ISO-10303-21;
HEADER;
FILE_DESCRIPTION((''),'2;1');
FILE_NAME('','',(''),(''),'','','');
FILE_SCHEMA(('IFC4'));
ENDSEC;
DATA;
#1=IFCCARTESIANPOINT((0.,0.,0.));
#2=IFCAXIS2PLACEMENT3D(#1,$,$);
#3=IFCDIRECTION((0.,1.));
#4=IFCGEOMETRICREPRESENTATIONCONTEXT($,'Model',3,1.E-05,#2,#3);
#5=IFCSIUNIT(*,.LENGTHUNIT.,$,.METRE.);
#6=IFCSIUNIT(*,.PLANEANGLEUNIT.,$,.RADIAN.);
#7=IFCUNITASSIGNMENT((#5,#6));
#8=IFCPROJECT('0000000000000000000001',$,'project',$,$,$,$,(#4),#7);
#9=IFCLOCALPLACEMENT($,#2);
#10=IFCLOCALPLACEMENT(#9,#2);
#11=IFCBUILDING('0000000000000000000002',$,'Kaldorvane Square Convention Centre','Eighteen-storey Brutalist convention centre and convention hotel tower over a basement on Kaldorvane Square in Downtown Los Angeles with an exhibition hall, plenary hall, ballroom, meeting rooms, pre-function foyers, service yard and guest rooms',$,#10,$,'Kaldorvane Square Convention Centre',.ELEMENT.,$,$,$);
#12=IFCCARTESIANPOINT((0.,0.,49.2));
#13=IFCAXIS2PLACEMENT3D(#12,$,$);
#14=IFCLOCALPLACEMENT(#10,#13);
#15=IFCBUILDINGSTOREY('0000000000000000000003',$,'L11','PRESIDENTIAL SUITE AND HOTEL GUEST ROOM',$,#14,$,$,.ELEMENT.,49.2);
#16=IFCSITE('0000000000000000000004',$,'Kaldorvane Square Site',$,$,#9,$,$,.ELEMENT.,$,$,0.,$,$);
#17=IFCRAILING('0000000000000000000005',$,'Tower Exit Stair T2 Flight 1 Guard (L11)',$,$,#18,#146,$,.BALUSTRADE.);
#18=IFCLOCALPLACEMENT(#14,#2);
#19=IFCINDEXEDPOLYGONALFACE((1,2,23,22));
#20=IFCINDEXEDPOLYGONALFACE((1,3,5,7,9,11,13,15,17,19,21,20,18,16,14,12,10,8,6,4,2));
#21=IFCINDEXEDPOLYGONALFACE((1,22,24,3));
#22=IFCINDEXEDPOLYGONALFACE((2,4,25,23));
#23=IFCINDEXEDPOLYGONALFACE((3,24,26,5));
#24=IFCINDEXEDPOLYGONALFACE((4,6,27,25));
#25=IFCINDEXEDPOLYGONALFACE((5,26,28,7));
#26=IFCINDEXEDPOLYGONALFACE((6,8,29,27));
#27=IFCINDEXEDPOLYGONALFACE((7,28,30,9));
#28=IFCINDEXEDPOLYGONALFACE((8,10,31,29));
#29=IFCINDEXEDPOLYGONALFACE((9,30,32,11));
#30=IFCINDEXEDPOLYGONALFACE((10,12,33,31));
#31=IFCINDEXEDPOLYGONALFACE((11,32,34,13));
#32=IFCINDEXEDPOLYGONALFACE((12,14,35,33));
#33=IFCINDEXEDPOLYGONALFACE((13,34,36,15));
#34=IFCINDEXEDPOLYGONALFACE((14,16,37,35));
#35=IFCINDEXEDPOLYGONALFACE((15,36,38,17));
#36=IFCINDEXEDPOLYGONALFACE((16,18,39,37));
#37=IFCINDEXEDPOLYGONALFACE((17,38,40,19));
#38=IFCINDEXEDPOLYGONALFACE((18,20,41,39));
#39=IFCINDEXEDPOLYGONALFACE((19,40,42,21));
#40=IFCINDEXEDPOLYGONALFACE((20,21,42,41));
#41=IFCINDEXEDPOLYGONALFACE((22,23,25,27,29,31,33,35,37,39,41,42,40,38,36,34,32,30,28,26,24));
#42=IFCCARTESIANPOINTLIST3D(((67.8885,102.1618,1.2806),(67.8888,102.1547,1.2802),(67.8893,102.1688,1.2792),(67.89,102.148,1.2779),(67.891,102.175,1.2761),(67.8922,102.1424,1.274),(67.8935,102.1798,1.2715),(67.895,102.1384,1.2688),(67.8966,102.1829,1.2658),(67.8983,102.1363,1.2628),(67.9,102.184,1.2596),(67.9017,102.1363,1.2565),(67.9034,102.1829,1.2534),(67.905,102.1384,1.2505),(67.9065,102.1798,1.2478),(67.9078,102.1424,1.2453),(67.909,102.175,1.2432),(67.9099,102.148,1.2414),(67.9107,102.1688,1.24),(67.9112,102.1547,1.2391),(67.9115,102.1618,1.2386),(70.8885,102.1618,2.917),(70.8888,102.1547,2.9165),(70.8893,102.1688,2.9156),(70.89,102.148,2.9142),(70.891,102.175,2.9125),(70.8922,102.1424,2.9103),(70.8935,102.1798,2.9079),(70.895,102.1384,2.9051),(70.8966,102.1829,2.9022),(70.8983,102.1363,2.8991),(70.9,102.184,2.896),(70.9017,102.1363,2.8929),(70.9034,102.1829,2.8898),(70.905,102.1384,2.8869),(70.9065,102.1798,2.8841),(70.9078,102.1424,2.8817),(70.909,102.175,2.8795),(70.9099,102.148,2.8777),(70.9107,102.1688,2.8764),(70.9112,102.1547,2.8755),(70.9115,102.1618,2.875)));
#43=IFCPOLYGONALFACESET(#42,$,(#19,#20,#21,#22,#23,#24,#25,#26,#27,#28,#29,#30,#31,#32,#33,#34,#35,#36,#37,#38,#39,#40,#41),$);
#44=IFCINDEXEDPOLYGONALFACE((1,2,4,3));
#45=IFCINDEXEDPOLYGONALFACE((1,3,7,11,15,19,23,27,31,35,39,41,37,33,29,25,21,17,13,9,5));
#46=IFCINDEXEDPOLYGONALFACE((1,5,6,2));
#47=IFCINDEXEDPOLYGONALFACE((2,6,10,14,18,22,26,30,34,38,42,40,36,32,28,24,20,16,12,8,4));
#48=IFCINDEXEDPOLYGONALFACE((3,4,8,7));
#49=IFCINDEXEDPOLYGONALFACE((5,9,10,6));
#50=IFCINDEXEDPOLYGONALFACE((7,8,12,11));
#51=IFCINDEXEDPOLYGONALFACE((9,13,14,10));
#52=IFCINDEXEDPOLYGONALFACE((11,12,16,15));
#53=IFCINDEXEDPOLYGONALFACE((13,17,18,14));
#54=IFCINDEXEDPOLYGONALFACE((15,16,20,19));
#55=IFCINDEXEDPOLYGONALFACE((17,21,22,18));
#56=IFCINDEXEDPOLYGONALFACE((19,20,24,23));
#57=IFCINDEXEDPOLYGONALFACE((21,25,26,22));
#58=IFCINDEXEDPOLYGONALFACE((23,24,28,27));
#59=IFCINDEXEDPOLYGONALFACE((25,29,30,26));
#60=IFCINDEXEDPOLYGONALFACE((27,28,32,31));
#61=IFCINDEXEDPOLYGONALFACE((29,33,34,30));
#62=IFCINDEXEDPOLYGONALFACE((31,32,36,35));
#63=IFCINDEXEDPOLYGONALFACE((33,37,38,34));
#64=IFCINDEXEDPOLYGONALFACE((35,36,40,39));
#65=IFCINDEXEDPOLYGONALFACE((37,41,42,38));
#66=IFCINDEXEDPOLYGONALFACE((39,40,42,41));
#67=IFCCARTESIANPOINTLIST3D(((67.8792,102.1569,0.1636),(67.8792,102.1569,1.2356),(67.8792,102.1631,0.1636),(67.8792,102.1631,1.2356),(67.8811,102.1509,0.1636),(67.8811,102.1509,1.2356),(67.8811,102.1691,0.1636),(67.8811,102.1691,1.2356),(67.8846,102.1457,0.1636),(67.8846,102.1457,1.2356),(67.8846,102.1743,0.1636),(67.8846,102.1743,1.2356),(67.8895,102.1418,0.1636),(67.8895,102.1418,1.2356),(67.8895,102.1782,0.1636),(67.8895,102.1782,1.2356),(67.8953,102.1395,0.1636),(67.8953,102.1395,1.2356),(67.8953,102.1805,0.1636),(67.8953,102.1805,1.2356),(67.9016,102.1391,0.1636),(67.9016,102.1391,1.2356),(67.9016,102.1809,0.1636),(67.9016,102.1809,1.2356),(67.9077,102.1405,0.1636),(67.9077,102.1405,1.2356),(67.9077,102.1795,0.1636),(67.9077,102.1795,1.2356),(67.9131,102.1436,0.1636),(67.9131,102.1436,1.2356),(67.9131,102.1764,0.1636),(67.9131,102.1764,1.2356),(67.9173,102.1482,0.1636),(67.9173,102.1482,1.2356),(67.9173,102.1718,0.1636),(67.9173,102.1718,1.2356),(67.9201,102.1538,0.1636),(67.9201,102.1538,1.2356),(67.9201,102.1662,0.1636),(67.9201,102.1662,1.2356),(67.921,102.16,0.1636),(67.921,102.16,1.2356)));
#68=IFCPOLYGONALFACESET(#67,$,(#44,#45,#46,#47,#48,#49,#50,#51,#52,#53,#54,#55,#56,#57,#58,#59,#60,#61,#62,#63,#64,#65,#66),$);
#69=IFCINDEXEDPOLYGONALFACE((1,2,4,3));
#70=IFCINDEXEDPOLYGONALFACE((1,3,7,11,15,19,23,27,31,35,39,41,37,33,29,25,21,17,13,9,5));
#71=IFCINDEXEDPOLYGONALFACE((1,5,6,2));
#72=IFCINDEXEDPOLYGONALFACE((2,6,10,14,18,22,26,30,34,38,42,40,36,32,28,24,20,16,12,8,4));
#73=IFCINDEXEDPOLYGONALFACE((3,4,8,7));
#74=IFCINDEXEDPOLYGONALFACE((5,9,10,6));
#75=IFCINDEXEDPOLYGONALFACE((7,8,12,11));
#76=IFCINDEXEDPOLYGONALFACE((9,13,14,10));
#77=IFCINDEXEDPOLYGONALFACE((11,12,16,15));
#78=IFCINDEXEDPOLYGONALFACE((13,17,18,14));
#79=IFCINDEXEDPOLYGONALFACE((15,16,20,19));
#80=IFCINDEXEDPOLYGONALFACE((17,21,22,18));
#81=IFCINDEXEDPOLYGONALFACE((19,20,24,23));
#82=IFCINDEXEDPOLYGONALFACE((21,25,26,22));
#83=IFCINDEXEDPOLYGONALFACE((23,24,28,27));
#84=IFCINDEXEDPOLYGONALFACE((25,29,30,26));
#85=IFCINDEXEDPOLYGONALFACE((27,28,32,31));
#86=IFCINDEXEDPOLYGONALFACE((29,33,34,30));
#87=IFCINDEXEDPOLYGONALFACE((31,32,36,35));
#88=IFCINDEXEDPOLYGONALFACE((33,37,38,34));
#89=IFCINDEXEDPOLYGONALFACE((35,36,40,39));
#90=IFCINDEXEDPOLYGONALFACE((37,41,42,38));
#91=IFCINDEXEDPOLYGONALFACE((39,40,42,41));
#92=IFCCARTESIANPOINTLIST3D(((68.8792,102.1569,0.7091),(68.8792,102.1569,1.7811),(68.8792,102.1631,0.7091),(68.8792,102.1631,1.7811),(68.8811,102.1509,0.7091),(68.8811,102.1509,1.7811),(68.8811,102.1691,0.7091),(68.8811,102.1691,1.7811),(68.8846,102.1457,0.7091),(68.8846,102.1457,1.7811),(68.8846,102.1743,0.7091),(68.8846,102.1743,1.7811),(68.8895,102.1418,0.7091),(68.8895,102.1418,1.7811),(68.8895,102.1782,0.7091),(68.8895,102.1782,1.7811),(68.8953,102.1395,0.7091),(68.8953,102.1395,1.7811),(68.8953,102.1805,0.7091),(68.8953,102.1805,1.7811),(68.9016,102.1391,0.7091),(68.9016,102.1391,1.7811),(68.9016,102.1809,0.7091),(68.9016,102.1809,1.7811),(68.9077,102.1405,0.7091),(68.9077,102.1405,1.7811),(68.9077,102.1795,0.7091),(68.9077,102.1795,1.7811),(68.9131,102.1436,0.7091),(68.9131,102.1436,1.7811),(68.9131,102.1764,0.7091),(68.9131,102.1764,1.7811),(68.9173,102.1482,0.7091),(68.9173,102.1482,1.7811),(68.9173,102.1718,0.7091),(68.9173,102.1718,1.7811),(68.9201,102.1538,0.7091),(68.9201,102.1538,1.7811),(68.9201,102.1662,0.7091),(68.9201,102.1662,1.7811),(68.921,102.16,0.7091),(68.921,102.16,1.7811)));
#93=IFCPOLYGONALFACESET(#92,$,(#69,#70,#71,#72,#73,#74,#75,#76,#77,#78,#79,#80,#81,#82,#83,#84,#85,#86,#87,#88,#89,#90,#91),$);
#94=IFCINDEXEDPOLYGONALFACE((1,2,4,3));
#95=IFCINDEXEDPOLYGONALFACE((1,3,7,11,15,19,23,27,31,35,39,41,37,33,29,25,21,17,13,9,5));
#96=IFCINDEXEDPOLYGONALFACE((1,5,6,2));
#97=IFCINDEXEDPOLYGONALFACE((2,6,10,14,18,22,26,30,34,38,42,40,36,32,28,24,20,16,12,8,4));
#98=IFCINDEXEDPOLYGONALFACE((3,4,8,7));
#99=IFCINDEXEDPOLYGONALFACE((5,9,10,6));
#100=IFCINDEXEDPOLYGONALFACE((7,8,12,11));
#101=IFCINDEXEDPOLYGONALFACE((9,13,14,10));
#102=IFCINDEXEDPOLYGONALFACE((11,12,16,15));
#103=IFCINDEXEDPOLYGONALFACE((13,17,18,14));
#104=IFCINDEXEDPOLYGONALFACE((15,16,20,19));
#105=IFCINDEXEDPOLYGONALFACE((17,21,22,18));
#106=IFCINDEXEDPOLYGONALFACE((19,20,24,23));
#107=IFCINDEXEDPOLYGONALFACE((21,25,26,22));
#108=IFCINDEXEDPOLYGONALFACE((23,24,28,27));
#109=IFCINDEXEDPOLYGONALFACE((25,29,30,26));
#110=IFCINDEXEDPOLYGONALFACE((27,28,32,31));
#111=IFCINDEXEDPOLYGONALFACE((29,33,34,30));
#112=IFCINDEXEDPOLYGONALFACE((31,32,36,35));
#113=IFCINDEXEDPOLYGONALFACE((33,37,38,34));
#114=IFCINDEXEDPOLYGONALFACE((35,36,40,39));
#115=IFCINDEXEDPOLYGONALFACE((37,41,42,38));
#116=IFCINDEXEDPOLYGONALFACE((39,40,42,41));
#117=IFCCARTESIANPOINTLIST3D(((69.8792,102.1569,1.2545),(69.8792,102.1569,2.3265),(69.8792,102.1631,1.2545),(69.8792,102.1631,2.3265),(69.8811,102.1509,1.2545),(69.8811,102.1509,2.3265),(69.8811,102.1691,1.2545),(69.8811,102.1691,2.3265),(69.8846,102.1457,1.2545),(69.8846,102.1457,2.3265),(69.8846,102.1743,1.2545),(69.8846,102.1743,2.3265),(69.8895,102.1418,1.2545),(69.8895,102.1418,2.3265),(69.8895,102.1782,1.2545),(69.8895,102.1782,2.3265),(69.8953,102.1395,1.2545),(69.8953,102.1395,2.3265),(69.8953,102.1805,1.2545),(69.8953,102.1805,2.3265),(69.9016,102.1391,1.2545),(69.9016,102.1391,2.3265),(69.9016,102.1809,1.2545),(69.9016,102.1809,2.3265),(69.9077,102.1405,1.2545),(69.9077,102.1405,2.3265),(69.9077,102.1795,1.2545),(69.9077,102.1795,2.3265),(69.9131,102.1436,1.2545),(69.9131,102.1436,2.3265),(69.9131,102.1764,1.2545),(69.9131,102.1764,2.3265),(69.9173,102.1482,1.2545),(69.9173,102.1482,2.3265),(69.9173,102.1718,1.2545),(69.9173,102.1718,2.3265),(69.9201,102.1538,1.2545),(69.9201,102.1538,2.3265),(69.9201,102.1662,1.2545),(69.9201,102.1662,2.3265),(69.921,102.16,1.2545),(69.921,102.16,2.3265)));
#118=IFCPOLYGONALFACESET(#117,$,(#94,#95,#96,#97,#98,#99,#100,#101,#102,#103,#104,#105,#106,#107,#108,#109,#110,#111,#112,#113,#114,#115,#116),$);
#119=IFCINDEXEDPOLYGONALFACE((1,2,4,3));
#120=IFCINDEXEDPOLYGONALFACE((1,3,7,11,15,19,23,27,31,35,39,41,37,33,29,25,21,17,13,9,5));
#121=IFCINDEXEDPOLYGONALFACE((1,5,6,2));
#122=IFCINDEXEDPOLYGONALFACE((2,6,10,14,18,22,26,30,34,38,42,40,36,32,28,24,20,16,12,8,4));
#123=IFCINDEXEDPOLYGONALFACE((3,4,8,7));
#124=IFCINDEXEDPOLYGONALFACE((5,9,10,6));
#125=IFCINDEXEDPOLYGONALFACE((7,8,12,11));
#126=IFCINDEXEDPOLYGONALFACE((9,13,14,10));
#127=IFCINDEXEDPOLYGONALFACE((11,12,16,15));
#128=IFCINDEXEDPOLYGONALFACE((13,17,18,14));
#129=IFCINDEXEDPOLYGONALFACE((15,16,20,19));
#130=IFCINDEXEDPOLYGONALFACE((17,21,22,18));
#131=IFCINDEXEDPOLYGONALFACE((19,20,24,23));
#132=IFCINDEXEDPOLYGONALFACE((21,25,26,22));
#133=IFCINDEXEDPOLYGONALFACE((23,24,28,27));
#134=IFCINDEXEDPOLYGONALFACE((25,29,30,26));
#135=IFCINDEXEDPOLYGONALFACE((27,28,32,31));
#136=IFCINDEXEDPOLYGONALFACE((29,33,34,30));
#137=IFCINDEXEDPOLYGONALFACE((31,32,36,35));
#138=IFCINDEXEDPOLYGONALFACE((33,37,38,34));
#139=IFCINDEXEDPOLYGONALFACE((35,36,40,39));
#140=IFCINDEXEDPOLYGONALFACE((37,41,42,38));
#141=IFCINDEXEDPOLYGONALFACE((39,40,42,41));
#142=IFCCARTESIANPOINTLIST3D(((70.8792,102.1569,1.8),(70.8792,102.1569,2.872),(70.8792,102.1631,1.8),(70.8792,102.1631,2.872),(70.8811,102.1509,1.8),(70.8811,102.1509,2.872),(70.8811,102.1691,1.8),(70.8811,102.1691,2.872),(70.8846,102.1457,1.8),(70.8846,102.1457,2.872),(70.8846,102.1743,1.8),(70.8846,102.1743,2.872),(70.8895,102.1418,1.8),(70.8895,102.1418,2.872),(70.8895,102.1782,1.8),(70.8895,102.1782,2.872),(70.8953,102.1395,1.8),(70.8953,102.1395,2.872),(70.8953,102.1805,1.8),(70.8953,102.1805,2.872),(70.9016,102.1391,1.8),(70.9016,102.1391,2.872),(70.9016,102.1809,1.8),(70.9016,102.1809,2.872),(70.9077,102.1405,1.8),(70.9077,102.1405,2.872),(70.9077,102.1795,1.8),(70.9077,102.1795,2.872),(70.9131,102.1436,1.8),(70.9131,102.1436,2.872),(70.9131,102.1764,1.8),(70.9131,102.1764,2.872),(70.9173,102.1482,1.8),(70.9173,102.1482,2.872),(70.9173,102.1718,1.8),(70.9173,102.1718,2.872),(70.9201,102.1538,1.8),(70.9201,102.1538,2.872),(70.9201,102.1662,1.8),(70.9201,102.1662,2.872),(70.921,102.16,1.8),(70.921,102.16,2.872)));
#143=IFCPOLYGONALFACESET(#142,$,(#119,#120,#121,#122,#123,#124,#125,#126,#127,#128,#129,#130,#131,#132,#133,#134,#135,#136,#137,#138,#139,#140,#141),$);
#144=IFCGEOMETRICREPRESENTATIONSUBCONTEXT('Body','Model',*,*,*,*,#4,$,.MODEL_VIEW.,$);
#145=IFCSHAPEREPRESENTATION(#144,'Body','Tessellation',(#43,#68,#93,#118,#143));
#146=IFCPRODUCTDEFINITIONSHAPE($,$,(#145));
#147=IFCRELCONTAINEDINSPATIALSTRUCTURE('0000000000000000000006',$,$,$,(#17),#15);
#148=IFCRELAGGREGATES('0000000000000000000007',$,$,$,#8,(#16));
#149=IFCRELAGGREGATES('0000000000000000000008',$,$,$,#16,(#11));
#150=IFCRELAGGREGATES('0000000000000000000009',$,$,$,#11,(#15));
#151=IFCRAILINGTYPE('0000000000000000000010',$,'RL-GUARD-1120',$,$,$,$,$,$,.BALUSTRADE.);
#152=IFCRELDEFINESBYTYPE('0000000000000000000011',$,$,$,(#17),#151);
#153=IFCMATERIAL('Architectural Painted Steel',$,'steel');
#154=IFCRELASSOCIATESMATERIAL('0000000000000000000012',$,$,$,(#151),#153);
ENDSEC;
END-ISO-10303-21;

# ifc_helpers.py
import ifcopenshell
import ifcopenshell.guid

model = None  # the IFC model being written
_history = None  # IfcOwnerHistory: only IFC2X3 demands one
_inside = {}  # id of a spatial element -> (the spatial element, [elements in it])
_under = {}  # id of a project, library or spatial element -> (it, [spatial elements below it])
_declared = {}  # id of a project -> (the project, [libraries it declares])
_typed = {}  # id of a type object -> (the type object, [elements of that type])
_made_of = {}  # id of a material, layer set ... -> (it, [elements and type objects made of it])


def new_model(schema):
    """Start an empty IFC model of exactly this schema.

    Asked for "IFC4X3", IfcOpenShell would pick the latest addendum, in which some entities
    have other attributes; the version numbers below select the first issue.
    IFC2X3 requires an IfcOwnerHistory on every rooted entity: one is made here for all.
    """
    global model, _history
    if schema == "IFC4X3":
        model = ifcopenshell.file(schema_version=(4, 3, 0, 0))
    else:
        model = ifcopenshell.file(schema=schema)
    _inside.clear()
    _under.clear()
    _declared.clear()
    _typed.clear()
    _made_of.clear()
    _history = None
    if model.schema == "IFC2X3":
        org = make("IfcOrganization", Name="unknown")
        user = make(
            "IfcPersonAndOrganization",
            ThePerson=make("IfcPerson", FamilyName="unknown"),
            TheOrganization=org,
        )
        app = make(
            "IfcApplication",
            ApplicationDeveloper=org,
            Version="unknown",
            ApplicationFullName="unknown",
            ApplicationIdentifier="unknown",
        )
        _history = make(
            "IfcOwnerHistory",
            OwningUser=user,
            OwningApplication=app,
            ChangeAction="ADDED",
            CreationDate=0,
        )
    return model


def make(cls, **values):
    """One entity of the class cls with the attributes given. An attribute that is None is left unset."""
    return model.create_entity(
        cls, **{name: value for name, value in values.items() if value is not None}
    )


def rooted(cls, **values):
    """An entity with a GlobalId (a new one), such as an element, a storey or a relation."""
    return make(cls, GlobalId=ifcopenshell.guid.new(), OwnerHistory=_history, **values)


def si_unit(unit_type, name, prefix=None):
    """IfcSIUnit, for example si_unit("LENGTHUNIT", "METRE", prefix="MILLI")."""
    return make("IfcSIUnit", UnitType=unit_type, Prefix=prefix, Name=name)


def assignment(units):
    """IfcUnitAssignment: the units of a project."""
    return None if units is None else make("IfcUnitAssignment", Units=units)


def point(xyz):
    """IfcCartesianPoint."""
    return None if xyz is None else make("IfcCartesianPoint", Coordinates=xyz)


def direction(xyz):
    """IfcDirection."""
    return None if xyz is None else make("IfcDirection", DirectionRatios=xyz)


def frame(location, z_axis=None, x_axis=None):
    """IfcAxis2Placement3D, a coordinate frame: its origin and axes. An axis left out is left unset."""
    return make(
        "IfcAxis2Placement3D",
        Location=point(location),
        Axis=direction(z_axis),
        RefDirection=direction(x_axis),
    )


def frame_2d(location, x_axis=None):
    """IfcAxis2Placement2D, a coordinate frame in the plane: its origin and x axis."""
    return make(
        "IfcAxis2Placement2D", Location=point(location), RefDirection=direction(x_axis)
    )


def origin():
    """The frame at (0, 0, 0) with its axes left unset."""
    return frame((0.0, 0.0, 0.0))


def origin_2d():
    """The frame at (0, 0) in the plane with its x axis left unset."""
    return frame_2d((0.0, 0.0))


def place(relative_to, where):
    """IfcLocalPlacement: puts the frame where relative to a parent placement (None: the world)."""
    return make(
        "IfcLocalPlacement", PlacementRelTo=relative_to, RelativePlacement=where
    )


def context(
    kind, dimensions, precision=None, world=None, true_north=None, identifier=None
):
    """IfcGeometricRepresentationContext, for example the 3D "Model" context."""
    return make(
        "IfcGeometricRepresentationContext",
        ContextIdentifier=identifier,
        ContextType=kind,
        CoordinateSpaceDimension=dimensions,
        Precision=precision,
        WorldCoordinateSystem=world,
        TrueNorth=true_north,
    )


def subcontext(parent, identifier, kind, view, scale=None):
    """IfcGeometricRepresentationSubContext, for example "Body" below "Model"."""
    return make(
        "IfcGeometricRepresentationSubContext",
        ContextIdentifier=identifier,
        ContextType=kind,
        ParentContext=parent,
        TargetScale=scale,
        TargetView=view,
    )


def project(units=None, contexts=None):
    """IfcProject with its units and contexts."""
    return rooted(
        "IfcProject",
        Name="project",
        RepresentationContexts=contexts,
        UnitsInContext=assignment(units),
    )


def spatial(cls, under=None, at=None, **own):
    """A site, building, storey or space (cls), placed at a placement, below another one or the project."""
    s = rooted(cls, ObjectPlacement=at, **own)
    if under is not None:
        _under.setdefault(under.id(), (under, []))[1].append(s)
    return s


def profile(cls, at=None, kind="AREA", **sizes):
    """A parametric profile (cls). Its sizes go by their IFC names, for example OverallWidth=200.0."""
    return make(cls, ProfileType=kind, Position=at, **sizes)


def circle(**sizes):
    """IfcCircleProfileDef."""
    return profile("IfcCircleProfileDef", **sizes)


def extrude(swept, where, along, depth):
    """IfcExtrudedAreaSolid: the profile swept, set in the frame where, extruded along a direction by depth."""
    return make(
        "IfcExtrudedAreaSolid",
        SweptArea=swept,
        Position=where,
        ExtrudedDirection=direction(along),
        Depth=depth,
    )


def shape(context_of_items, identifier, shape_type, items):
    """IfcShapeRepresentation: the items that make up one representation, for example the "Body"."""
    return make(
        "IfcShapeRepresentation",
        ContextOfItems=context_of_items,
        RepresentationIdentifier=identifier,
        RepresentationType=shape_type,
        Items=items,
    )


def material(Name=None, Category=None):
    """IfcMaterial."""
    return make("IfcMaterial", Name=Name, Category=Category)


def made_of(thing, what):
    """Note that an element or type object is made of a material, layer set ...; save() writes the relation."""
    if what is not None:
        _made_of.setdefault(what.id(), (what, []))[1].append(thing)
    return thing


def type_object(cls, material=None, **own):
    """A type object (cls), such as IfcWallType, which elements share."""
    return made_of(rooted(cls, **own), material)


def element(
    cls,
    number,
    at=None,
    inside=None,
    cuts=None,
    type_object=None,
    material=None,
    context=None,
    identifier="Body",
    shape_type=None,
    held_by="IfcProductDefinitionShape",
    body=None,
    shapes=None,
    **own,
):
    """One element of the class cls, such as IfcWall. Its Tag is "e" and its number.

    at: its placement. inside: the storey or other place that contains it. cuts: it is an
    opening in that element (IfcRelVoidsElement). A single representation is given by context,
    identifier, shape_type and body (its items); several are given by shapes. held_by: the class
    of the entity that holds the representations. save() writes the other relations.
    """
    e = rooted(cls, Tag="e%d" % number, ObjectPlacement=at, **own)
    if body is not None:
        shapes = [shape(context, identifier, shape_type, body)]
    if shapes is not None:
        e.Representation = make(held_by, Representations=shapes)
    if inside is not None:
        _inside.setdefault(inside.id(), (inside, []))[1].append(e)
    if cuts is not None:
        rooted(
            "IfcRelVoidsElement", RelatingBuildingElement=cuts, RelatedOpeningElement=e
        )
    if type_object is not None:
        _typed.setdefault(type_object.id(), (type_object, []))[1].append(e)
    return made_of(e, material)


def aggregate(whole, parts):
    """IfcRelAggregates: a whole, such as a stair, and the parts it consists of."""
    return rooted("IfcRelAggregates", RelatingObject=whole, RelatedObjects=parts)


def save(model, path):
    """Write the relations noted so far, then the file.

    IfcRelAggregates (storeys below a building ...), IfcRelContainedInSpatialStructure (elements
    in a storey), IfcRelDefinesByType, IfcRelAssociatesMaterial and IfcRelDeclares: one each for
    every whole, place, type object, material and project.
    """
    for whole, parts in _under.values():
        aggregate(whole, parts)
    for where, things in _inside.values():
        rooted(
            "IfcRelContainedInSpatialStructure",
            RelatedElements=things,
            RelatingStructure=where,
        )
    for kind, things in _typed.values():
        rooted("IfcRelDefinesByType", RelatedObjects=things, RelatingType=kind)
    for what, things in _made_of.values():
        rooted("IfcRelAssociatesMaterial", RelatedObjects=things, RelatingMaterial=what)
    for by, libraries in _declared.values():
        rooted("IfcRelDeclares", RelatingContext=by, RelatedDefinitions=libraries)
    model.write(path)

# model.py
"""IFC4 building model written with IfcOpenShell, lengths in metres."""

from ifc_helpers import new_model, si_unit, direction, frame, origin, origin_2d, place, context, subcontext, project, spatial, circle, extrude, material, type_object, element, save


model = new_model("IFC4")

# Units and contexts
model_context = context("Model", 3, precision=1e-05, world=origin(), true_north=direction((0.0, 1.0)))
body_context = subcontext(model_context, "Body", "Model", "MODEL_VIEW")
ifc_project = project(units=[si_unit("LENGTHUNIT", "METRE"), si_unit("PLANEANGLEUNIT", "RADIAN")], contexts=[model_context])

# Site, building, storey
site_placement = place(None, origin())
site = spatial("IfcSite", under=ifc_project, at=site_placement, Name="Kaldorvane Square Site", CompositionType="ELEMENT", RefElevation=0.0)
building_placement = place(site_placement, origin())
building = spatial("IfcBuilding", under=site, at=building_placement, Name="Kaldorvane Square Convention Centre", Description="Eighteen-storey Brutalist convention centre and convention hotel tower over a basement on Kaldorvane Square in Downtown Los Angeles with an exhibition hall, plenary hall, ballroom, meeting rooms, pre-function foyers, service yard and guest rooms", LongName="Kaldorvane Square Convention Centre", CompositionType="ELEMENT")
storey_placement = place(building_placement, frame((0.0, 0.0, 49.2)))
storey = spatial("IfcBuildingStorey", under=building, at=storey_placement, Name="L11", Description="PRESIDENTIAL SUITE AND HOTEL GUEST ROOM", CompositionType="ELEMENT", Elevation=49.2)

# Railing
ifc_material_1 = material(Name="Architectural Painted Steel", Category="steel")
railing_type_1 = type_object("IfcRailingType", Name="RL-GUARD-1120", PredefinedType="BALUSTRADE", material=ifc_material_1)
railing_1_placement = place(storey_placement, frame((67.9, 102.16, 0.1636)))
element("IfcRailing", 1, at=railing_1_placement, inside=storey, type_object=railing_type_1, Name="Tower Exit Stair T2 Flight 1 Guard (L11)", PredefinedType="BALUSTRADE", context=body_context, shape_type="SweptSolid", body=[
    extrude(circle(Radius=0.024, at=origin_2d()), frame((0.0, 0.0, 1.096), z_axis=(0.877895, 0.0, 0.478853), x_axis=(0.0, 1.0, 0.0)), (0.0, 0.0, 1.0), 3.4173),
    extrude(circle(Radius=0.021, at=origin_2d()), origin(), (0.0, 0.0, 1.0), 1.072),
    extrude(circle(Radius=0.021, at=origin_2d()), frame((1.0, 0.0, 0.5455)), (0.0, 0.0, 1.0), 1.072),
    extrude(circle(Radius=0.021, at=origin_2d()), frame((2.0, 0.0, 1.0909)), (0.0, 0.0, 1.0), 1.072),
    extrude(circle(Radius=0.021, at=origin_2d()), frame((3.0, 0.0, 1.6364)), (0.0, 0.0, 1.0), 1.072),
])

save(model, "model.ifc")
